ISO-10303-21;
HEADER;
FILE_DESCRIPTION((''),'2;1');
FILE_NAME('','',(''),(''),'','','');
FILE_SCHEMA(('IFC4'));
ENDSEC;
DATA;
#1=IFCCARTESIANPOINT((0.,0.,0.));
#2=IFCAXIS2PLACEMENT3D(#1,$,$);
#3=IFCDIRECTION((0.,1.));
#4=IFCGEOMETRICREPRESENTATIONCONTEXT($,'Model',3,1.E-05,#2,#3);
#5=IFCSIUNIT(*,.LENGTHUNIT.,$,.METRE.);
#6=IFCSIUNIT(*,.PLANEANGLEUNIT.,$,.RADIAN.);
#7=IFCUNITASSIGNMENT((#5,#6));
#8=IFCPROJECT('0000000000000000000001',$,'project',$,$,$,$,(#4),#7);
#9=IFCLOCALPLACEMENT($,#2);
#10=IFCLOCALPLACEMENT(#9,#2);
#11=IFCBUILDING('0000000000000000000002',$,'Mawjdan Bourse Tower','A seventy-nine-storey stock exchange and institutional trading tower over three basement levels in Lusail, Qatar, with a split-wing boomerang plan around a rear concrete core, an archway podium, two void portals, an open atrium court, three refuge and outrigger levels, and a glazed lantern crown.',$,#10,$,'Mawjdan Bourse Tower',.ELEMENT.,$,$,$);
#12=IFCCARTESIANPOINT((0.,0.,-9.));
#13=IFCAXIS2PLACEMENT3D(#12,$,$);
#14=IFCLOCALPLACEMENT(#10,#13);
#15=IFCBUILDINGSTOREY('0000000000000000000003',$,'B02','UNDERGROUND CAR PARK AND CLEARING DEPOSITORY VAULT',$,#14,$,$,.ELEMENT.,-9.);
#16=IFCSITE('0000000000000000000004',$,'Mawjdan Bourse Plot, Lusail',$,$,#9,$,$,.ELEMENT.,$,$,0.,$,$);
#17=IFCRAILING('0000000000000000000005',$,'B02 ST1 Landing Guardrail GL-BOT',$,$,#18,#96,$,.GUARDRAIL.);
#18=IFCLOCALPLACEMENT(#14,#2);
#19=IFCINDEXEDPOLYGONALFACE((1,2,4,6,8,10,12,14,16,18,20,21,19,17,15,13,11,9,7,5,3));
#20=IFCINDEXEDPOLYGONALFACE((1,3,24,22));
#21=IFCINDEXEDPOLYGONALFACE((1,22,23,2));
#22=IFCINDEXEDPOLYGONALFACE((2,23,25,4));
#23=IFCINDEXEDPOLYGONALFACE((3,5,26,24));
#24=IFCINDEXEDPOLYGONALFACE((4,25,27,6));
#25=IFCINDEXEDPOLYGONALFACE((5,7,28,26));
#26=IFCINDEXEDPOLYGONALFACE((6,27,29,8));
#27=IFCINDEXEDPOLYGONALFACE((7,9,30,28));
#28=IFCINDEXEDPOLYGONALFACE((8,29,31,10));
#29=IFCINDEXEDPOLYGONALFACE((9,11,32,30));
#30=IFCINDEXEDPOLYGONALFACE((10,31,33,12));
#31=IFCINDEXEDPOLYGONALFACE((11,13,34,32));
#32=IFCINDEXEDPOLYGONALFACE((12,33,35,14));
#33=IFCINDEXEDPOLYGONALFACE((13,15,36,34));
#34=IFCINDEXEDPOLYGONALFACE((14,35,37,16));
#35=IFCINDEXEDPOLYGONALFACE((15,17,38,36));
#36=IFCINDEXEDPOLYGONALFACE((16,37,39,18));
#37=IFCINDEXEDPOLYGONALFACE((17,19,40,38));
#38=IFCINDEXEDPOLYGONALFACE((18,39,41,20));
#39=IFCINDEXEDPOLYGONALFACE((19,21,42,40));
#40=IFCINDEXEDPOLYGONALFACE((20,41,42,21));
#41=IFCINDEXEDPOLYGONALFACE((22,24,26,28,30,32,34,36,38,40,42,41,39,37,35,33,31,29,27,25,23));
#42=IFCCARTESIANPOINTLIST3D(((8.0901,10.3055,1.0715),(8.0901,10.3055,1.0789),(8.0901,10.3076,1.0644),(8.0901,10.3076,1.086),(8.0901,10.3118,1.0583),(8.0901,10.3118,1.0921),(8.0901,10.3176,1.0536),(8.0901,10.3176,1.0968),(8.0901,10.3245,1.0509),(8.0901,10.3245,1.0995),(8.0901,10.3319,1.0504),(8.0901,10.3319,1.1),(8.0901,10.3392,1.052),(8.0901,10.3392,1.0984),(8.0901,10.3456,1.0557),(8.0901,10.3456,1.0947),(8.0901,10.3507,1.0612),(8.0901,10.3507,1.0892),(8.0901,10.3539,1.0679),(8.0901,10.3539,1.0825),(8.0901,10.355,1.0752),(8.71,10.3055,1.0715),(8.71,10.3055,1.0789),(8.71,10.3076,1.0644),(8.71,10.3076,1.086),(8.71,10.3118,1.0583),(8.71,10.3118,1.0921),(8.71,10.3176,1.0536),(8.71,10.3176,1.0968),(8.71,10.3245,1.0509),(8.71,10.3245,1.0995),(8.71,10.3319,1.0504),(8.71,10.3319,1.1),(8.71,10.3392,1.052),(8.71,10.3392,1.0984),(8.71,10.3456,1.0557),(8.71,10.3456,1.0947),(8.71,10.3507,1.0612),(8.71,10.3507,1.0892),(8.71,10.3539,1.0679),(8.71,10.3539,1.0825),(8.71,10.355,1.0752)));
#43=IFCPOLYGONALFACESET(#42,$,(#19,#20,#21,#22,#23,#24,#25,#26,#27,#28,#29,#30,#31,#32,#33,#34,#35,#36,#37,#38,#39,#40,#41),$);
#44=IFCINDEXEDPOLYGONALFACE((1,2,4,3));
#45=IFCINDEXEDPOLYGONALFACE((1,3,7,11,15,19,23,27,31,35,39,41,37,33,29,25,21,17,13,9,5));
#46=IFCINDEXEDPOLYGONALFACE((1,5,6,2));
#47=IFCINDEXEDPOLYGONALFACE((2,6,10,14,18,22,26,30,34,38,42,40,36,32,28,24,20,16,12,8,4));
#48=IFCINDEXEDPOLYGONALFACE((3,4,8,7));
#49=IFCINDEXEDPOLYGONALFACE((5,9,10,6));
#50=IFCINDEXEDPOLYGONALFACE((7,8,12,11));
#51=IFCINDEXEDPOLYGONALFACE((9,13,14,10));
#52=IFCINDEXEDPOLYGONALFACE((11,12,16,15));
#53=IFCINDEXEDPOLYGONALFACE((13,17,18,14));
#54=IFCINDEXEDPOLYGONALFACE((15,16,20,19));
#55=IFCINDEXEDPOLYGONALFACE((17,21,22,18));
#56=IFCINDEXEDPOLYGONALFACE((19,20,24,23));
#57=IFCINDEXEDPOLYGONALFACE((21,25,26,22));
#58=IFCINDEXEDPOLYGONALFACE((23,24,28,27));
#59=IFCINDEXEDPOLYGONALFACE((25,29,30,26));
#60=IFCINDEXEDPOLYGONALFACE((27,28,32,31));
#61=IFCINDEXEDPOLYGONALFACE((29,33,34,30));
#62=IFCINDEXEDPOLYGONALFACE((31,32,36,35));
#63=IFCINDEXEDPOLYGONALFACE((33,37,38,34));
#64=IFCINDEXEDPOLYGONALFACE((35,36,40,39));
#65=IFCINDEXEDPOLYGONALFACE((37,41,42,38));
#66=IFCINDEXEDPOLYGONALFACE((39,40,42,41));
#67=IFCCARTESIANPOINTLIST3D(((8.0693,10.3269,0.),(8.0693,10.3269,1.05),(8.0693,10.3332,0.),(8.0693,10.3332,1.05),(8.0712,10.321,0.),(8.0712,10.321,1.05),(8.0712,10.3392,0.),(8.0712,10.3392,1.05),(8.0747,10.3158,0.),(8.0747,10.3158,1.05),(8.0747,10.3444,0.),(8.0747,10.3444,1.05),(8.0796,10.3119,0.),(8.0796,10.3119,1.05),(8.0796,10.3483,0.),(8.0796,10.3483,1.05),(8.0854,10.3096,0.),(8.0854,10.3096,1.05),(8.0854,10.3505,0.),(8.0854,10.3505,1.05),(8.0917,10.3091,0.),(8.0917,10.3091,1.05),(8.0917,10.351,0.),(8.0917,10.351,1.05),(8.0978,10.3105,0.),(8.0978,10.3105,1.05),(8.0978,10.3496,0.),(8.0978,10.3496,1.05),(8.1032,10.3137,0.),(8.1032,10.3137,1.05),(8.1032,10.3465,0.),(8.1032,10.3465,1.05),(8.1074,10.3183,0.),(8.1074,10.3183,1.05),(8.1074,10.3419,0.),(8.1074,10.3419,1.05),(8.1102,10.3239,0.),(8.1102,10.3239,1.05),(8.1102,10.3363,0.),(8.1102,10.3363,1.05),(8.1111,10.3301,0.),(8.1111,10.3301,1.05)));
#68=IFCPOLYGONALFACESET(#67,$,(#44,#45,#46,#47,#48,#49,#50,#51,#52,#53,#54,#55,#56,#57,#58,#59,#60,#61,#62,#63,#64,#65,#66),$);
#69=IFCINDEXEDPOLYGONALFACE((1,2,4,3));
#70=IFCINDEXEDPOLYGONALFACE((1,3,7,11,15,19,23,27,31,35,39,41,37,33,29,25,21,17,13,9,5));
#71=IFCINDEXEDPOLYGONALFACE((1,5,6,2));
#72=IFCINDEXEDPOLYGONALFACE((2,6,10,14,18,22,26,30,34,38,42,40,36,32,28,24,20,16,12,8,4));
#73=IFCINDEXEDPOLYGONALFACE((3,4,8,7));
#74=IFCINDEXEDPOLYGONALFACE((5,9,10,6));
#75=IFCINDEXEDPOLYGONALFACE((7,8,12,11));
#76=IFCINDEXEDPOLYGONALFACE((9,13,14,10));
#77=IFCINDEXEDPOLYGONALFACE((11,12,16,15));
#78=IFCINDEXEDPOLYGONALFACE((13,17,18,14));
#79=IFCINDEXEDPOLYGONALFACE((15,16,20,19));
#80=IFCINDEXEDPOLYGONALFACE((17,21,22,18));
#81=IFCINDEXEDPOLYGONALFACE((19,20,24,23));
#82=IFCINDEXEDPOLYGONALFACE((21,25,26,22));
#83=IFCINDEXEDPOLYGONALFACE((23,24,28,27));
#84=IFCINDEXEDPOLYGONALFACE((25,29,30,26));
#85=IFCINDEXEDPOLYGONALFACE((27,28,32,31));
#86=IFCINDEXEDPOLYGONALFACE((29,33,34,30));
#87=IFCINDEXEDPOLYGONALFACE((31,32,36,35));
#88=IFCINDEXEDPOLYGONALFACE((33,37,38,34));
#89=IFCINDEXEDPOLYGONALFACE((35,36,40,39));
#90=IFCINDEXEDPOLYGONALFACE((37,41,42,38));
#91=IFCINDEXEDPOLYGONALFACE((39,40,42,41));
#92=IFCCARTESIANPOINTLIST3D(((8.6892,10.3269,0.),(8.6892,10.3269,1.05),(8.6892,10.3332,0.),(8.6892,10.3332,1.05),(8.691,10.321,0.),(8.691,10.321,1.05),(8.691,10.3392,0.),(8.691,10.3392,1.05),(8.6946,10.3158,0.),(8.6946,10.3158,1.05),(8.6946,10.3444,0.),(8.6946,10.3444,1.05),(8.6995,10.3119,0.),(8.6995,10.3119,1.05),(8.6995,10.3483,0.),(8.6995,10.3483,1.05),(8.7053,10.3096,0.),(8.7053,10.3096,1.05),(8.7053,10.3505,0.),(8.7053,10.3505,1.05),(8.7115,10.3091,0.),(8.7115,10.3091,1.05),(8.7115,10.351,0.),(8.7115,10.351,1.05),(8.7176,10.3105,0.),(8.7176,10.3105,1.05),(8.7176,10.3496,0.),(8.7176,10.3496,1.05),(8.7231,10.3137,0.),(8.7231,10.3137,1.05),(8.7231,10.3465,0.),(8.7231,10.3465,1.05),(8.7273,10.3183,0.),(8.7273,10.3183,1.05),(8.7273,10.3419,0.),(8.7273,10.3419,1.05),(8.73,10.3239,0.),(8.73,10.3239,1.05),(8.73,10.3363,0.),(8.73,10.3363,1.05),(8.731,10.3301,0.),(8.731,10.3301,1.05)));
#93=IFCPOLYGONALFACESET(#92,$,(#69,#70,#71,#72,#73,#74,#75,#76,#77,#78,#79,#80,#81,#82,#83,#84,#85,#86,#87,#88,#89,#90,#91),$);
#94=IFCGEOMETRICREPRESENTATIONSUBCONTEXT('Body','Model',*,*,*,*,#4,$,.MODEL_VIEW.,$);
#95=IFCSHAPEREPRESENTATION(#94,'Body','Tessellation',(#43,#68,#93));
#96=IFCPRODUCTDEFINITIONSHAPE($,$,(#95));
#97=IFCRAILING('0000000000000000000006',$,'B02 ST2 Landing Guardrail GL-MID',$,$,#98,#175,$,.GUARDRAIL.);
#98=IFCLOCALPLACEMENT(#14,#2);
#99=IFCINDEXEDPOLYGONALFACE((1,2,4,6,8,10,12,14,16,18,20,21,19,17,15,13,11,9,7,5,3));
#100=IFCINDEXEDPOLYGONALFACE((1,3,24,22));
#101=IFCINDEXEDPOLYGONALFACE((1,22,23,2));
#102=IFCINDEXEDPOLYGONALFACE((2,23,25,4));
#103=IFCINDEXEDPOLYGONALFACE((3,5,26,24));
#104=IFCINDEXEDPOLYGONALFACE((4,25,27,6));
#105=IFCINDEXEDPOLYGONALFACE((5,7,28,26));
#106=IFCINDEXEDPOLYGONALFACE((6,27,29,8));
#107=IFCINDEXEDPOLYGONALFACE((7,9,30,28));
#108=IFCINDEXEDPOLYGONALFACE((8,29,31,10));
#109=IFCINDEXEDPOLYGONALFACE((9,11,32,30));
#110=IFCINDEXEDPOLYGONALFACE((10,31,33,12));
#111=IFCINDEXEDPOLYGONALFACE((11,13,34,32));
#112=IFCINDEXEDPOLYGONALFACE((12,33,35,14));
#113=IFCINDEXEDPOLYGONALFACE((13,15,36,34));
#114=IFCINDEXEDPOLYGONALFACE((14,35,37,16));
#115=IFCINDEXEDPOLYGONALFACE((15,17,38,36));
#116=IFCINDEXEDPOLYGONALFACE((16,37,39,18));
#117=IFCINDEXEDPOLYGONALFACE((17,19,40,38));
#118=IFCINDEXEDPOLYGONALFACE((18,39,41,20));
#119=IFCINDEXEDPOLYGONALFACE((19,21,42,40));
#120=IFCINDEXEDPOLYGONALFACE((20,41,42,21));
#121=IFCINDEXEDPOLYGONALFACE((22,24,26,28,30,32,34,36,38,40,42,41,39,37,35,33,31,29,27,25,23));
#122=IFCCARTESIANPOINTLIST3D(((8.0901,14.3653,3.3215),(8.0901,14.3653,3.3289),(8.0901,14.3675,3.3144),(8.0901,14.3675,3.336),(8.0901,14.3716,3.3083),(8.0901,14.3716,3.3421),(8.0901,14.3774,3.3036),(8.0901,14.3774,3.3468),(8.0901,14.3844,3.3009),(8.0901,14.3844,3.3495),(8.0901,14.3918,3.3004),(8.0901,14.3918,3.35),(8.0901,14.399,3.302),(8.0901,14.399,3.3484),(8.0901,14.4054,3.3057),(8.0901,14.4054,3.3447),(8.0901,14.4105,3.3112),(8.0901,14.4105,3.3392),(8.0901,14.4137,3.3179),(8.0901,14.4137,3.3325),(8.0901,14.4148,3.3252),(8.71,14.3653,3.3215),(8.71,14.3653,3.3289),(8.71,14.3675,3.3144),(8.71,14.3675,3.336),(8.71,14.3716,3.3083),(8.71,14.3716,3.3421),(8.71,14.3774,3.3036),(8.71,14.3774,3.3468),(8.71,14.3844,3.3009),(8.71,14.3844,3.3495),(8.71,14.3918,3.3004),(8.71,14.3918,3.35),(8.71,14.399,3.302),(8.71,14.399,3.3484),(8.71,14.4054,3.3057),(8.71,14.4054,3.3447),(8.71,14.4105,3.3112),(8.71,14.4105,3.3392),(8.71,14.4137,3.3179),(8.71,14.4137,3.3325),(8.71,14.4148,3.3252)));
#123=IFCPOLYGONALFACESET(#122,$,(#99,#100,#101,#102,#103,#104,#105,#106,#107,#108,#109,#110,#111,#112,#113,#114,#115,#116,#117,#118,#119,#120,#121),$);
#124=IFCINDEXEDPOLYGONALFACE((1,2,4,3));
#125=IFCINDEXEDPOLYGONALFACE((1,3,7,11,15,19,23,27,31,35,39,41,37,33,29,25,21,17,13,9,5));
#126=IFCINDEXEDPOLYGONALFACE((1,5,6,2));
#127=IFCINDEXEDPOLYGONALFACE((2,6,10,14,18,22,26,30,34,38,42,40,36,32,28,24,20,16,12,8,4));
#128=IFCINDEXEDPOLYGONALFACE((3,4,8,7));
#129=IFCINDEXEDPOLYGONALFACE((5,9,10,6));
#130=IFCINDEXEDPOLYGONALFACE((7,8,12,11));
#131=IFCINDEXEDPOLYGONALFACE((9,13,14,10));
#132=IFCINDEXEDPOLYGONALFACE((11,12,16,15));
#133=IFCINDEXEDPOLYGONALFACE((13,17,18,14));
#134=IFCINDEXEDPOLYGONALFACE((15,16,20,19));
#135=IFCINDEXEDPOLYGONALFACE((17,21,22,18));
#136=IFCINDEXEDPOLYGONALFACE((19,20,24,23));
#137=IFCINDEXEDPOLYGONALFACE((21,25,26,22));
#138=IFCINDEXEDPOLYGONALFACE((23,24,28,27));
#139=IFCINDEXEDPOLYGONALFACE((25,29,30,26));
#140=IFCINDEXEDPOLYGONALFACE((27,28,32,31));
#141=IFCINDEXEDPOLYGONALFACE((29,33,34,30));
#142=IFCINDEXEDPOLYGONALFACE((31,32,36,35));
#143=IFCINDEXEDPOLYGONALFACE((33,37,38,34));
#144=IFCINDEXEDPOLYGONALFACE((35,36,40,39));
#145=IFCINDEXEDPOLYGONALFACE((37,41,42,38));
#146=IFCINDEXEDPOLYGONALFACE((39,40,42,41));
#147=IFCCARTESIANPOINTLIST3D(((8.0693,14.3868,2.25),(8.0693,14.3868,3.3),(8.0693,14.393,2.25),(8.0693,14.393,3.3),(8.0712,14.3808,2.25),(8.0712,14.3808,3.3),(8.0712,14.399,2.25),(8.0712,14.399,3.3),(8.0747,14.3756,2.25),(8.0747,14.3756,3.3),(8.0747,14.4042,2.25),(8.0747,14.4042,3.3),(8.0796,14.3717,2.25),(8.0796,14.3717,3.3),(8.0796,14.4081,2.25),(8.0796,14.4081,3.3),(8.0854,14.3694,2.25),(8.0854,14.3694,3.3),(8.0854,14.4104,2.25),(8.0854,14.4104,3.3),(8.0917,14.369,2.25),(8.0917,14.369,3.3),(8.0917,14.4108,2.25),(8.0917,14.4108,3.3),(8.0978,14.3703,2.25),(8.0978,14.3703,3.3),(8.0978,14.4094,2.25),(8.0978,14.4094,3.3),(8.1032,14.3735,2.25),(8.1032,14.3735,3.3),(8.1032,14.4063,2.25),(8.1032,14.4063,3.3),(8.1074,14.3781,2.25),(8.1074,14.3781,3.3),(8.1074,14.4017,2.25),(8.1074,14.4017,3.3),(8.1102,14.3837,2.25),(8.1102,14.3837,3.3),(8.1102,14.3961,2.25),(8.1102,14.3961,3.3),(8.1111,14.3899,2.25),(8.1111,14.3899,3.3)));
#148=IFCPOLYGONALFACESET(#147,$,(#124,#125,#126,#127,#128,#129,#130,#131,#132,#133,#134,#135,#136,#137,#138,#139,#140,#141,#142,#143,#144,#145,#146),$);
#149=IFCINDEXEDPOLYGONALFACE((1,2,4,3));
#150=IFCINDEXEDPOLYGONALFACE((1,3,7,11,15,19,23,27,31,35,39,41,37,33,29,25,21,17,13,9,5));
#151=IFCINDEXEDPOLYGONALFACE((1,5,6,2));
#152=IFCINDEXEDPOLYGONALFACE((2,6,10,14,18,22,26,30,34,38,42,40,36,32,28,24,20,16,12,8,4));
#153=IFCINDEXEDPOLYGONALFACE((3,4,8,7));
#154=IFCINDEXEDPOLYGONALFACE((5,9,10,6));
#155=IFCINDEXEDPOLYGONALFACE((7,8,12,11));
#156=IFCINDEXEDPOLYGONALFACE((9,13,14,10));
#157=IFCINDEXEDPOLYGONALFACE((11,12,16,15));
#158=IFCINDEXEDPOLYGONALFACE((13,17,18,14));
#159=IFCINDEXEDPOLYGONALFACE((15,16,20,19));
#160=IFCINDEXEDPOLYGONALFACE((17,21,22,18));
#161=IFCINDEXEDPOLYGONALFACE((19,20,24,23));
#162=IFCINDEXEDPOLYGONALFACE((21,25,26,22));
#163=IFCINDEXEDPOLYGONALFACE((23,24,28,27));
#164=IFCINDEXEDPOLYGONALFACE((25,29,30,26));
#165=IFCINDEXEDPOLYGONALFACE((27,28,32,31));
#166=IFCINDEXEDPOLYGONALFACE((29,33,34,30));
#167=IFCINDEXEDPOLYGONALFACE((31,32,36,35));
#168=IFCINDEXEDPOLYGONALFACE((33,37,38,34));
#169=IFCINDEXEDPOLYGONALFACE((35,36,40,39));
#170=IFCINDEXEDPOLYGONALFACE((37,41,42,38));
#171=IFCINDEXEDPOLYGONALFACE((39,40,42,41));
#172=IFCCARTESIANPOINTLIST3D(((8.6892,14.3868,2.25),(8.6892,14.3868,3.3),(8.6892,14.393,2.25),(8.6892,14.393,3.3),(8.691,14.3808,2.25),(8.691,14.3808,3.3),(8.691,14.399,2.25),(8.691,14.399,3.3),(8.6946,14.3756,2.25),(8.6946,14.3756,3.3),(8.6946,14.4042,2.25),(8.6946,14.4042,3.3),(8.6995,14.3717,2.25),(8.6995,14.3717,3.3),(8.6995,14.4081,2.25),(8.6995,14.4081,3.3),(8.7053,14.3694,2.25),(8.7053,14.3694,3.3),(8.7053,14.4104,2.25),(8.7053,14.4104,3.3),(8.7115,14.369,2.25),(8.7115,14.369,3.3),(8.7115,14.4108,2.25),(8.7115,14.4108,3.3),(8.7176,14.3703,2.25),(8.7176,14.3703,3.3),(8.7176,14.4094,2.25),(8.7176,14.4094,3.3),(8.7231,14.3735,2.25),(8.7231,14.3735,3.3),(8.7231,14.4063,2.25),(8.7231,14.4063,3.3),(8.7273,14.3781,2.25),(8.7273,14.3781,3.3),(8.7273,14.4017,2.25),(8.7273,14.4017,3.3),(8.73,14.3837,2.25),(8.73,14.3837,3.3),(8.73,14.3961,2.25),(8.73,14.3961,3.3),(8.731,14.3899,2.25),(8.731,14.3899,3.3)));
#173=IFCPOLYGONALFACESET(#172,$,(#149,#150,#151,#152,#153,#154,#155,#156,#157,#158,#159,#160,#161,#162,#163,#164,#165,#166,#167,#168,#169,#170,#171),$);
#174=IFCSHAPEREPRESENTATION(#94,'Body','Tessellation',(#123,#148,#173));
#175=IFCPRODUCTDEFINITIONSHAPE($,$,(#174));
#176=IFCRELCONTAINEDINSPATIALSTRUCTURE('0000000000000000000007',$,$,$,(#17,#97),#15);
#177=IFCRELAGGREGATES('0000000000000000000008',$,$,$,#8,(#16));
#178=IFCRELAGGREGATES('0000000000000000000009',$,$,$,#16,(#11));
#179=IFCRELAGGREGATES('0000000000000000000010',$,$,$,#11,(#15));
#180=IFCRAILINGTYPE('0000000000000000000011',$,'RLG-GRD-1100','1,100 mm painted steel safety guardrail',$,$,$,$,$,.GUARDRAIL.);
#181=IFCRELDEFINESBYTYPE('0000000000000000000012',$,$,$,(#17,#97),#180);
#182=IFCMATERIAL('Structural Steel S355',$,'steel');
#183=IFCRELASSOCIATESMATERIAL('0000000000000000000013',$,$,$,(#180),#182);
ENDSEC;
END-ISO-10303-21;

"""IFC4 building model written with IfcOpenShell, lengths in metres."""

from ifc_helpers import new_model, si_unit, direction, frame, origin, origin_2d, place, context, subcontext, project, spatial, circle, extrude, material, type_object, element, save


model = new_model("IFC4")

# Units and contexts
model_context = context("Model", 3, precision=1e-05, world=origin(), true_north=direction((0.0, 1.0)))
body_context = subcontext(model_context, "Body", "Model", "MODEL_VIEW")
ifc_project = project(units=[si_unit("LENGTHUNIT", "METRE"), si_unit("PLANEANGLEUNIT", "RADIAN")], contexts=[model_context])

# Site, building, storey
site_placement = place(None, origin())
site = spatial("IfcSite", under=ifc_project, at=site_placement, Name="Mawjdan Bourse Plot, Lusail", CompositionType="ELEMENT", RefElevation=0.0)
building_placement = place(site_placement, origin())
building = spatial("IfcBuilding", under=site, at=building_placement, Name="Mawjdan Bourse Tower", Description="A seventy-nine-storey stock exchange and institutional trading tower over three basement levels in Lusail, Qatar, with a split-wing boomerang plan around a rear concrete core, an archway podium, two void portals, an open atrium court, three refuge and outrigger levels, and a glazed lantern crown.", LongName="Mawjdan Bourse Tower", CompositionType="ELEMENT")
storey_placement = place(building_placement, frame((0.0, 0.0, -9.0)))
storey = spatial("IfcBuildingStorey", under=building, at=storey_placement, Name="B02", Description="UNDERGROUND CAR PARK AND CLEARING DEPOSITORY VAULT", CompositionType="ELEMENT", Elevation=-9.0)

# Shared definitions
ifc_material_1 = material(Name="Structural Steel S355", Category="steel")

# Railings
railing_type = type_object("IfcRailingType", Name="RLG-GRD-1100", Description="1,100 mm painted steel safety guardrail", PredefinedType="GUARDRAIL", material=ifc_material_1)
for number, where, name in (
    (1, (8.0901, 10.3301, 0.0), "B02 ST1 Landing Guardrail GL-BOT"),
    (2, (8.0901, 14.3899, 2.25), "B02 ST2 Landing Guardrail GL-MID"),
):
    element("IfcRailing", number, at=place(storey_placement, frame(where)), inside=storey, type_object=railing_type, Name=name, PredefinedType="GUARDRAIL", context=body_context, shape_type="SweptSolid", body=[
        extrude(circle(Radius=0.0249, at=origin_2d()), frame((0.0, 0.0, 1.0752), z_axis=(1.0, 0.0, 0.0), x_axis=(0.0, 1.0, 0.0)), (0.0, 0.0, 1.0), 0.6199),
        extrude(circle(Radius=0.021, at=origin_2d()), origin(), (0.0, 0.0, 1.0), 1.05),
        extrude(circle(Radius=0.021, at=origin_2d()), frame((0.6199, 0.0, 0.0)), (0.0, 0.0, 1.0), 1.05),
    ])

save(model, "model.ifc")
